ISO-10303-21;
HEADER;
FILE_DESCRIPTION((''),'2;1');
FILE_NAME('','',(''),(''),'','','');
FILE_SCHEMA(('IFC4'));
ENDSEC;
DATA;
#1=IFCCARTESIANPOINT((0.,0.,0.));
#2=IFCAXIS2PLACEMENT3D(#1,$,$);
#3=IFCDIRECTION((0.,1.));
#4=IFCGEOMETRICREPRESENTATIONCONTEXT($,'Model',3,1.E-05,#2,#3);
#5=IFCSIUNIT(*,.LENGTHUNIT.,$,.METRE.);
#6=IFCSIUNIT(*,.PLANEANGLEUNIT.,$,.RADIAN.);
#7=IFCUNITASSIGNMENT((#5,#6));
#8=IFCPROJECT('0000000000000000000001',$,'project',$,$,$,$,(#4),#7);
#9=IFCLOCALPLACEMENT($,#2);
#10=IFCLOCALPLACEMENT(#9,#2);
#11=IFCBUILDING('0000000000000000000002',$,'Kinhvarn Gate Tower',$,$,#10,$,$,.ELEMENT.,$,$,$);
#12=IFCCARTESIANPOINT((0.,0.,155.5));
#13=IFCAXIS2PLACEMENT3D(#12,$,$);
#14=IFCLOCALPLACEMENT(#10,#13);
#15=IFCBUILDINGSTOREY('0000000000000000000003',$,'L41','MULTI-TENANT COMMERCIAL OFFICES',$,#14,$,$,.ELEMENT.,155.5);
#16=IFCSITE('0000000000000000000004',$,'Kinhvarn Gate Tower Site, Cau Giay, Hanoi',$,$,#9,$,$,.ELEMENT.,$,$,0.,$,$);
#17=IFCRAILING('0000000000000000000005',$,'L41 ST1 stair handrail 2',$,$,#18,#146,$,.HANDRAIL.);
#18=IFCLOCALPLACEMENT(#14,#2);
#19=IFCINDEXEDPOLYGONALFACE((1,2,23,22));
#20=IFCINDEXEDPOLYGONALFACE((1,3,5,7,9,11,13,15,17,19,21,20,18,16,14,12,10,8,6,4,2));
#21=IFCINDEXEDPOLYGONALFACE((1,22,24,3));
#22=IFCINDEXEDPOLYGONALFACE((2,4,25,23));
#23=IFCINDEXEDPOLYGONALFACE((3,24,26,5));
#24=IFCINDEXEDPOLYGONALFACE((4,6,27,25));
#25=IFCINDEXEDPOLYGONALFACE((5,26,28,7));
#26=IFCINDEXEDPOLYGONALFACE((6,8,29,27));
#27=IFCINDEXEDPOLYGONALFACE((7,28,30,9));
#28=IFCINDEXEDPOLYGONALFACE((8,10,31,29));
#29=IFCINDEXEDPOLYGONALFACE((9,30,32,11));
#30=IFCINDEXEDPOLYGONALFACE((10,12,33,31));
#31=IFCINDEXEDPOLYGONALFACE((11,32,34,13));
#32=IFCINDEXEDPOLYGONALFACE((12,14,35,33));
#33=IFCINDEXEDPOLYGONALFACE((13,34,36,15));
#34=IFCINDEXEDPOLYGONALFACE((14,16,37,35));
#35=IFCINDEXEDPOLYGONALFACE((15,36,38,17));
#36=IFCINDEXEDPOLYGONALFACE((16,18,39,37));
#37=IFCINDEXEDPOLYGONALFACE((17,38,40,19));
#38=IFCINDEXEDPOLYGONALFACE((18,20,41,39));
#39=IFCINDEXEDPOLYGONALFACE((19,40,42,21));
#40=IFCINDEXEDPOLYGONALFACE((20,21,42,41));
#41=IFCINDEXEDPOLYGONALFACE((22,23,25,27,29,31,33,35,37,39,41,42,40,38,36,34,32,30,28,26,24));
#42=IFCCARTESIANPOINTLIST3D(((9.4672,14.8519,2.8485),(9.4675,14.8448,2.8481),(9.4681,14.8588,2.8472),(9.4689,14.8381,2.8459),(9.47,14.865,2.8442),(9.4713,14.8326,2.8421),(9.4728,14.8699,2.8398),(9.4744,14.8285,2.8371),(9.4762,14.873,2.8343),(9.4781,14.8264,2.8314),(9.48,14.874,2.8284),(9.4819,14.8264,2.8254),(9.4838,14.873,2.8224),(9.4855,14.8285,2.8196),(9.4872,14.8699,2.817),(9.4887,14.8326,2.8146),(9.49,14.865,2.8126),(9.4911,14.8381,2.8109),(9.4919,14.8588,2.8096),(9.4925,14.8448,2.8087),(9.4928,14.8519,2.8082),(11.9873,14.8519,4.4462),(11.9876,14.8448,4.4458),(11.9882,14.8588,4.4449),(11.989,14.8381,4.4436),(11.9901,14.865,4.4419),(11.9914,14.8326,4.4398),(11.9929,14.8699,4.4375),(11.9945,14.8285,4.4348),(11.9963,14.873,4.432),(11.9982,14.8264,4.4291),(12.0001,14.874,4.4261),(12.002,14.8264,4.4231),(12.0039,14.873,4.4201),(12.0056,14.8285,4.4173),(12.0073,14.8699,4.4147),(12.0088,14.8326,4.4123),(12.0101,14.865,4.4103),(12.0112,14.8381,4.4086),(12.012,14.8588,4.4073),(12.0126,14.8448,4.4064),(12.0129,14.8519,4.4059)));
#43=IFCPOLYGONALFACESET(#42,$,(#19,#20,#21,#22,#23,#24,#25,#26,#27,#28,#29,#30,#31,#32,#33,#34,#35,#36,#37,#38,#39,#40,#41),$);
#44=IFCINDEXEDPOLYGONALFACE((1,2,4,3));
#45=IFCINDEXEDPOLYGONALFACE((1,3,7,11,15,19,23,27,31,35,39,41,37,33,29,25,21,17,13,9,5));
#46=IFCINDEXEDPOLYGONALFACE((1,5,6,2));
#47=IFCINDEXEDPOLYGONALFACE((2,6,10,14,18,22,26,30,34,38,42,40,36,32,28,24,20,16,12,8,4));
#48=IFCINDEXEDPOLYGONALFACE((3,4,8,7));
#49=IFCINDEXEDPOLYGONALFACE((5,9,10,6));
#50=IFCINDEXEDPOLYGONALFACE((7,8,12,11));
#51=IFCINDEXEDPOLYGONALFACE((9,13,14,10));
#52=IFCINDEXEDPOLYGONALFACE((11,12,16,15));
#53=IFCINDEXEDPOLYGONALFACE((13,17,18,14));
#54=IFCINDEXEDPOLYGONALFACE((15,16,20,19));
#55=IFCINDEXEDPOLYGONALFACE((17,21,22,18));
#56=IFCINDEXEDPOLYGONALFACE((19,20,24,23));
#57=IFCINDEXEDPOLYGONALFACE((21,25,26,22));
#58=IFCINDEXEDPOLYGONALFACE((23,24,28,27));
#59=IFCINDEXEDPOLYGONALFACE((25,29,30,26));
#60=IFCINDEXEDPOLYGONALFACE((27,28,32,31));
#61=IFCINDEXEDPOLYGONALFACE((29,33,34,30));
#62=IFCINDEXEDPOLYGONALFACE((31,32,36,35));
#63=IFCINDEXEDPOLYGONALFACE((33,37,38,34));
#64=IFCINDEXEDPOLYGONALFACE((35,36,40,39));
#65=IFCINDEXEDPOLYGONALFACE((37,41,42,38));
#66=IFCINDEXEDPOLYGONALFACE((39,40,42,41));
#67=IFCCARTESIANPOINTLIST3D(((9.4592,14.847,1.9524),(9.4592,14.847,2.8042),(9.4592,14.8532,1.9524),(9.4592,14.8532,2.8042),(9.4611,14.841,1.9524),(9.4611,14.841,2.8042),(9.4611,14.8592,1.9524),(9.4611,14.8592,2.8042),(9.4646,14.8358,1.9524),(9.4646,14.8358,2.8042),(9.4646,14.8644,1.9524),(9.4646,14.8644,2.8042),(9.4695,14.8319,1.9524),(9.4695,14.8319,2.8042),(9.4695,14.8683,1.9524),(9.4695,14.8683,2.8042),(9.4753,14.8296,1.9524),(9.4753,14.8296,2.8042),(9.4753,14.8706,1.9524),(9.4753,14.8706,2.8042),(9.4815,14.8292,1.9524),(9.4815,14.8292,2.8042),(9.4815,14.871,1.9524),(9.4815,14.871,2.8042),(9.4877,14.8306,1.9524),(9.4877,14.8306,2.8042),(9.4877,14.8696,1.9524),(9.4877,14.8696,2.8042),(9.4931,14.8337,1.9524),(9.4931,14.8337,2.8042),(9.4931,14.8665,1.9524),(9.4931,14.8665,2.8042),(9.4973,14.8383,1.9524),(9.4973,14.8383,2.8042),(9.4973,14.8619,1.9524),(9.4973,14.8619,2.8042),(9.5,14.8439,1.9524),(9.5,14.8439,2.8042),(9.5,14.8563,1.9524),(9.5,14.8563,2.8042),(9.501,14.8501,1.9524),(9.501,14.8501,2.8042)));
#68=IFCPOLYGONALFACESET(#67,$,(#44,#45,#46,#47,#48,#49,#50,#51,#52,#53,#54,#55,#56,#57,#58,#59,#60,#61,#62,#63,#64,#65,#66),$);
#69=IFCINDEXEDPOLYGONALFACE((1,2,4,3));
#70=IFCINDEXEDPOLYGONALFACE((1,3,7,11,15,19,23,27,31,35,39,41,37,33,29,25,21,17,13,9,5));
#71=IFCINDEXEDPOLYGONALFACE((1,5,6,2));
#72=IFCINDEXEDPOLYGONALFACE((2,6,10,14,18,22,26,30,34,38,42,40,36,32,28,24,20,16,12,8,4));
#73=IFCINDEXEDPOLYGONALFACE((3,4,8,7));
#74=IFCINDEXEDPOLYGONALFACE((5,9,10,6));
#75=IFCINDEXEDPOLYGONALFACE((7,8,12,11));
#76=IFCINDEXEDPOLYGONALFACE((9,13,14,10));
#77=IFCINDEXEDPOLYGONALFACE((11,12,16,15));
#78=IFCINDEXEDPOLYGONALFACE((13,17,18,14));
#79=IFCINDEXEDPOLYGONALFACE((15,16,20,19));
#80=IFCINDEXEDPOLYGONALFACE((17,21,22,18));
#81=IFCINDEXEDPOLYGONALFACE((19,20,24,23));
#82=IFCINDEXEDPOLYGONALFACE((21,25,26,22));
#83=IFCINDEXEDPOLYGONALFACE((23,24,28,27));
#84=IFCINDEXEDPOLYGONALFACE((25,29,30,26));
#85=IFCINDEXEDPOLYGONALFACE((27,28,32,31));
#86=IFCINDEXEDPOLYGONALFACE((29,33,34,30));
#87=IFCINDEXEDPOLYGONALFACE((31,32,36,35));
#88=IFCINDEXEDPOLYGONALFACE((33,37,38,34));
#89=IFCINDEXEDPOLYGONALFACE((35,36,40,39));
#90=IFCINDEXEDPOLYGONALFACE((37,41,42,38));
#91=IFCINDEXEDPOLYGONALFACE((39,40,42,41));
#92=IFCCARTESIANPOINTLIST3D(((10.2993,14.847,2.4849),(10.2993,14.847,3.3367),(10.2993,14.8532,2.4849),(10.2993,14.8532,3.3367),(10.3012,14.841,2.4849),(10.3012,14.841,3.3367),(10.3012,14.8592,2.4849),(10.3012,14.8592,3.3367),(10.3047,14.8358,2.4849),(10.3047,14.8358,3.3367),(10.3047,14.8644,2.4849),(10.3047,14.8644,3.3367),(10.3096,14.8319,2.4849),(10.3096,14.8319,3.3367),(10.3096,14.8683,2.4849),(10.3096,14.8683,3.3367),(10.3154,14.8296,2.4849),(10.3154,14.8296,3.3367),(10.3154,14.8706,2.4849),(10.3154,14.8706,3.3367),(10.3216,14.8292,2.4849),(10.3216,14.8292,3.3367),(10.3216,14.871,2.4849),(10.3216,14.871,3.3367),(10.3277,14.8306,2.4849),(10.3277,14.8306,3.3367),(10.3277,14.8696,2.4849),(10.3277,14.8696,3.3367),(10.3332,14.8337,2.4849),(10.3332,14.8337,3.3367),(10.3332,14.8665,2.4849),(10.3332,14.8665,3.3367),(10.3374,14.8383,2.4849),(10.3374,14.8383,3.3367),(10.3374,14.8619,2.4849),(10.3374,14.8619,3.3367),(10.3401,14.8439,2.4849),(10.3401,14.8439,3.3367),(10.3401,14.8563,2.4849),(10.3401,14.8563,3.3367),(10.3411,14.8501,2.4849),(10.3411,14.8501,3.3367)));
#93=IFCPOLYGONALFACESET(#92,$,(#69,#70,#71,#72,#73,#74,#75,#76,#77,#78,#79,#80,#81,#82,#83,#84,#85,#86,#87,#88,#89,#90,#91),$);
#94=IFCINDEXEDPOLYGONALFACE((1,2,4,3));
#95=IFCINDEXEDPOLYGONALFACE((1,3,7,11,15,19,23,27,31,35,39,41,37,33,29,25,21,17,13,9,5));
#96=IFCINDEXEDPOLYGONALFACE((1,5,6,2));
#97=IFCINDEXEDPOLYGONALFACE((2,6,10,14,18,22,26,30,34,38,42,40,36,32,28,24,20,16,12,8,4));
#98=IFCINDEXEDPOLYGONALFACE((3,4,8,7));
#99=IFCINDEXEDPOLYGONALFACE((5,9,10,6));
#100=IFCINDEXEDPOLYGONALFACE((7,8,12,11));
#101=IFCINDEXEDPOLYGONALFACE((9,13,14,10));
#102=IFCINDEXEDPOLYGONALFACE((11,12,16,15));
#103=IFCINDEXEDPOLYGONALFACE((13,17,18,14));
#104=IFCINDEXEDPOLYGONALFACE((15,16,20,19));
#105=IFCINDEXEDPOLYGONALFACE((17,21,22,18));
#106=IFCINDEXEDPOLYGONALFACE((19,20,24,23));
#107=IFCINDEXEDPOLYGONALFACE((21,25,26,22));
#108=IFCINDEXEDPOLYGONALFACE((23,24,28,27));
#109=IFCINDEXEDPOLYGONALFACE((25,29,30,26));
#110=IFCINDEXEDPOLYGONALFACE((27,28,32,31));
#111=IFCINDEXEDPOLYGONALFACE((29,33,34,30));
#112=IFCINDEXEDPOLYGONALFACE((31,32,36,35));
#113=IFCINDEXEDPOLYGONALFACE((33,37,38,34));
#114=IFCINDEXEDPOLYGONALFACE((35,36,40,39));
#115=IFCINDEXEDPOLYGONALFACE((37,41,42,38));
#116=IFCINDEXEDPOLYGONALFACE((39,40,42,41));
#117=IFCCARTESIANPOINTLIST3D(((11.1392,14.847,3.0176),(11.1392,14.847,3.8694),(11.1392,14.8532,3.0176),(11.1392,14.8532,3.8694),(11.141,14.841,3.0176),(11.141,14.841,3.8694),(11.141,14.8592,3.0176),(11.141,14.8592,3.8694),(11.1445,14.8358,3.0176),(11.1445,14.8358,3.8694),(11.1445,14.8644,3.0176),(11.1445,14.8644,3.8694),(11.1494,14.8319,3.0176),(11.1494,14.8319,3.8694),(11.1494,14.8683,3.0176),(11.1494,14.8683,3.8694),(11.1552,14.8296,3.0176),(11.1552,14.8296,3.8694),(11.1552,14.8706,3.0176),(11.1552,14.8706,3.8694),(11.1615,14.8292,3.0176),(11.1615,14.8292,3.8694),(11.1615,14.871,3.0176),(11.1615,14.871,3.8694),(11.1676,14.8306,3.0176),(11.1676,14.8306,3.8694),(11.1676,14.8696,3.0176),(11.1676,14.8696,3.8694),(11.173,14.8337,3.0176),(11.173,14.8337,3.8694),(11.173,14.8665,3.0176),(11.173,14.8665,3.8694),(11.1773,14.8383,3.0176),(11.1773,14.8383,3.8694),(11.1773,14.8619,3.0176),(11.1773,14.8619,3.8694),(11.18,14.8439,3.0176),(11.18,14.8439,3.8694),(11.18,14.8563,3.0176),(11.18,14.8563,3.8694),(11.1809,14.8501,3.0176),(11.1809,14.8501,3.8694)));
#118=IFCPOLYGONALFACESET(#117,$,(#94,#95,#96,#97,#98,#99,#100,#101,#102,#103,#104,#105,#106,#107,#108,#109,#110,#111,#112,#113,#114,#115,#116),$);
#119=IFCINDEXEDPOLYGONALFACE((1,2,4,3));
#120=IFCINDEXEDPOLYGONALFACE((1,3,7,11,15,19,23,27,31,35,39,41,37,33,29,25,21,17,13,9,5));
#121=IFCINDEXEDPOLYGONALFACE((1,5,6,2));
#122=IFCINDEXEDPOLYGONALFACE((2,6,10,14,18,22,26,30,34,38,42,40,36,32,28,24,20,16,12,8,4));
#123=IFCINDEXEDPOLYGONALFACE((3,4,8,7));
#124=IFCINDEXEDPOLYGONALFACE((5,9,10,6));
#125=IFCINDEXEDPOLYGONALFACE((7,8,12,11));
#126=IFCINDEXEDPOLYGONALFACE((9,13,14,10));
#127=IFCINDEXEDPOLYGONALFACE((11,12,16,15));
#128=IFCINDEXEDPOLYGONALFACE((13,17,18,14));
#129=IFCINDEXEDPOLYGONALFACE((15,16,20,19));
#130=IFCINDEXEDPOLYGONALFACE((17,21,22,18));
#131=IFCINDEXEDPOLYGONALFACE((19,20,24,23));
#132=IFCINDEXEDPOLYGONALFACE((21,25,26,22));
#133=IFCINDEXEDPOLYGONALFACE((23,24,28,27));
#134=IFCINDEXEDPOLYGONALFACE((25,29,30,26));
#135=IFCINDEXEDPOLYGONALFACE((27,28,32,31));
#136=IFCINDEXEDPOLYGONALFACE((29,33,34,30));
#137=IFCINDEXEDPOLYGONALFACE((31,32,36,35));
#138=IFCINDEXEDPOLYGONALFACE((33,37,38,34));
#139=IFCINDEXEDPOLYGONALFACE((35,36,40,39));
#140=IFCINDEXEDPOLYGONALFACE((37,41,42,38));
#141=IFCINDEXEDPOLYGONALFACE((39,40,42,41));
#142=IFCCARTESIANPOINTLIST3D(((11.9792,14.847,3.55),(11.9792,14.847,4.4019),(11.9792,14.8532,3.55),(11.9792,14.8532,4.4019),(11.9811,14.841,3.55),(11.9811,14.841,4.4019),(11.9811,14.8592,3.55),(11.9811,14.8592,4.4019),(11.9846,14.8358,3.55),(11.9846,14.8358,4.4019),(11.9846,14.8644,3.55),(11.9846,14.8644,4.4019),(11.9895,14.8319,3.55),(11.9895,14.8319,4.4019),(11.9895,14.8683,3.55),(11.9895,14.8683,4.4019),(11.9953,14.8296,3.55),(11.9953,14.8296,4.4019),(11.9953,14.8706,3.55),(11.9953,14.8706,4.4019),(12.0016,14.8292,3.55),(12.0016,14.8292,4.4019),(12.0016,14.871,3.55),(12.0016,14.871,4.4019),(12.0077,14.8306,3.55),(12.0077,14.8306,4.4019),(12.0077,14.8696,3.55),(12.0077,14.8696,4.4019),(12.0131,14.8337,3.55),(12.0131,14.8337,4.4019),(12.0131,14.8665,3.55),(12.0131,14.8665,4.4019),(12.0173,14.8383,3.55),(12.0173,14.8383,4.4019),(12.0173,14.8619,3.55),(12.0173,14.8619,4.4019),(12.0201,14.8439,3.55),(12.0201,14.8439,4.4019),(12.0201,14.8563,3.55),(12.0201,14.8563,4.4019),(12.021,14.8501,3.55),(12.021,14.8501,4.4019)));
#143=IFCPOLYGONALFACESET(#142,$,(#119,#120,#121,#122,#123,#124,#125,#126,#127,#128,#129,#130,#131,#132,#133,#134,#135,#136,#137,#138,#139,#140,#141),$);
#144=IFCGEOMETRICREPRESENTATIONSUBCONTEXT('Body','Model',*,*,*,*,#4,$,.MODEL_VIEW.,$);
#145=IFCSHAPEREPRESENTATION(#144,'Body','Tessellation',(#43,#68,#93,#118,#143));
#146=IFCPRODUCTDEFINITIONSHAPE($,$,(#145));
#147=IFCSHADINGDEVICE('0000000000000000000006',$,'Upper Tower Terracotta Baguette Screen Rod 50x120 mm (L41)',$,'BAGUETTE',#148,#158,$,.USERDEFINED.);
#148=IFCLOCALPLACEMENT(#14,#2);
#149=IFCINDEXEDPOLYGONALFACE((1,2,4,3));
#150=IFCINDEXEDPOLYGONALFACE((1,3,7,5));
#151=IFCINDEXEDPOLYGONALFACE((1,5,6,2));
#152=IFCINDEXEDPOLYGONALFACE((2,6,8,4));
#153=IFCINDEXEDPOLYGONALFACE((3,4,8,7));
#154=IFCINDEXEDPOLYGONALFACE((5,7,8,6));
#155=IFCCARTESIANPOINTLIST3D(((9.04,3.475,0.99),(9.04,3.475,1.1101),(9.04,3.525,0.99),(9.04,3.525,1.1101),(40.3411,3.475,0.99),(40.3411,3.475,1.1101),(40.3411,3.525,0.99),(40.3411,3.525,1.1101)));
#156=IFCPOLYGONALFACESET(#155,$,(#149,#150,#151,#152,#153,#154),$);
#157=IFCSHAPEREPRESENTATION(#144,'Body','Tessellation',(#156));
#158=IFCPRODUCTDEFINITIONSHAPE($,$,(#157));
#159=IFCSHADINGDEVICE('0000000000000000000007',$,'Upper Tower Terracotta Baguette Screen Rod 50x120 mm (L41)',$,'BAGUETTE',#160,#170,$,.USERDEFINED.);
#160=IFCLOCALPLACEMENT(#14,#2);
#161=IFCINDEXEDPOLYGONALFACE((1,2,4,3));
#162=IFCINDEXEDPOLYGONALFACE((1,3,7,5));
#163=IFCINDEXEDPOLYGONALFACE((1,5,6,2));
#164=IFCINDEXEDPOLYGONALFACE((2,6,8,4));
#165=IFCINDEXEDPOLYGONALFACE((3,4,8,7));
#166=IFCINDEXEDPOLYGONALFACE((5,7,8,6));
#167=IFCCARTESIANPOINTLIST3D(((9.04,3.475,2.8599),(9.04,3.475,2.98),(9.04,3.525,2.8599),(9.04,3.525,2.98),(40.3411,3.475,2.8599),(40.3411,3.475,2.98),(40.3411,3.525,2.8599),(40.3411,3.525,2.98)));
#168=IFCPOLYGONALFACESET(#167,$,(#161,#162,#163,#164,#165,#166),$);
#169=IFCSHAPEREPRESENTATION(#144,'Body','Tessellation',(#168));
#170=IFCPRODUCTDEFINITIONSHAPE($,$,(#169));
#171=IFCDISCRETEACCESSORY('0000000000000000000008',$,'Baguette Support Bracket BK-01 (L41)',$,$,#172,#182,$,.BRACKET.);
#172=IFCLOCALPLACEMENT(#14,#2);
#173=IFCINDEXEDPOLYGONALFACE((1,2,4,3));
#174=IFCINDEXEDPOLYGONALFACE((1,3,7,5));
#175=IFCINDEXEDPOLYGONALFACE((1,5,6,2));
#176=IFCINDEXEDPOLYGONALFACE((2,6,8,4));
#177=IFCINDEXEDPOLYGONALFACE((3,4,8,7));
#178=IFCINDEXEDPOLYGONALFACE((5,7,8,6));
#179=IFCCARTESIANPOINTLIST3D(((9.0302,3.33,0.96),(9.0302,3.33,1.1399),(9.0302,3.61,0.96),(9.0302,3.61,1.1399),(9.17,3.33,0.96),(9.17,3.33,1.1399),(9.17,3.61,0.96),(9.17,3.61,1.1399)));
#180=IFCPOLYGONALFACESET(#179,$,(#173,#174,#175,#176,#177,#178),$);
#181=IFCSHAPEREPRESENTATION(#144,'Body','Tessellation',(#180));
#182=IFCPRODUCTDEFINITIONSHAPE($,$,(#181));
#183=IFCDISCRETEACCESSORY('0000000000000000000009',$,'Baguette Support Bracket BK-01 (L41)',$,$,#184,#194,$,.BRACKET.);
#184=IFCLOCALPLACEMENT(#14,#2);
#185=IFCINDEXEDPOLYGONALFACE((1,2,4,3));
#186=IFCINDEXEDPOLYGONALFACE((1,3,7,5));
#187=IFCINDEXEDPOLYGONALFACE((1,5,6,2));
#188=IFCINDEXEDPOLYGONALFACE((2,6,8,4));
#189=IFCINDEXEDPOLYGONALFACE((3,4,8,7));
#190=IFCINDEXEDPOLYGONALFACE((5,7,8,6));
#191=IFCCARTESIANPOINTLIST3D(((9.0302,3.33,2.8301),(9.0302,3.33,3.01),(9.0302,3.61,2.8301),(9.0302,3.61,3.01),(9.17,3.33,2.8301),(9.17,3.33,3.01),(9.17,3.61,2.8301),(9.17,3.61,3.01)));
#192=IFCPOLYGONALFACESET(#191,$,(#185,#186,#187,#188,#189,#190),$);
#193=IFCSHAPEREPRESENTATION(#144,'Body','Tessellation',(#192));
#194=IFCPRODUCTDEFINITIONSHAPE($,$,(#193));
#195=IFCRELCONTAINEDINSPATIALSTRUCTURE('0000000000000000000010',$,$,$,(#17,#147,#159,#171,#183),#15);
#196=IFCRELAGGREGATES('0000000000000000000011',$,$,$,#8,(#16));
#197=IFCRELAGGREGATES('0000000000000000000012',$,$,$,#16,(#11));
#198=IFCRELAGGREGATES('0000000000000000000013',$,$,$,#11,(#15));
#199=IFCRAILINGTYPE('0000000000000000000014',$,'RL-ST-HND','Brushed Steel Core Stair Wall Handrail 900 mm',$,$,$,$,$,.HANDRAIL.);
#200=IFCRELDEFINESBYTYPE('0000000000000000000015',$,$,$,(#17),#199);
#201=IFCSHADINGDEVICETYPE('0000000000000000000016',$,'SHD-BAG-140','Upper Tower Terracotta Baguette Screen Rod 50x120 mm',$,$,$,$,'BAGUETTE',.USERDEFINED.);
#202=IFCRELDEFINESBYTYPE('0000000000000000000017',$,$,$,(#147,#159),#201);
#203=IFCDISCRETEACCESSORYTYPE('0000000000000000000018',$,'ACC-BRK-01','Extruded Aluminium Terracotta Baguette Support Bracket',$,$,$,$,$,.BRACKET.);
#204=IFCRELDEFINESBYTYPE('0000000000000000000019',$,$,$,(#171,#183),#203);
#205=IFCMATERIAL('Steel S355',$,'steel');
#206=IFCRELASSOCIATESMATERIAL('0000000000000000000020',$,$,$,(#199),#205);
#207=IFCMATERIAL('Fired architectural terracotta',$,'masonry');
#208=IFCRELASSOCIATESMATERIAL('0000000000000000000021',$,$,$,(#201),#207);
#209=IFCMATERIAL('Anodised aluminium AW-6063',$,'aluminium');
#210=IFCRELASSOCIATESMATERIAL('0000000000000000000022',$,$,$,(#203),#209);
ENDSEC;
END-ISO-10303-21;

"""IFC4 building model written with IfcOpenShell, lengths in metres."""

from ifc_helpers import new_model, si_unit, direction, frame, origin, origin_2d, place, context, subcontext, project, spatial, rectangle, circle, extrude, material, material_profile, profile_set, type_object, element, save


model = new_model("IFC4")

# Units and contexts
model_context = context("Model", 3, precision=1e-05, world=origin(), true_north=direction((0.0, 1.0)))
body_context = subcontext(model_context, "Body", "Model", "MODEL_VIEW")
ifc_project = project(units=[si_unit("LENGTHUNIT", "METRE"), si_unit("PLANEANGLEUNIT", "RADIAN")], contexts=[model_context])

# Site, building, storey
site_placement = place(None, origin())
site = spatial("IfcSite", under=ifc_project, at=site_placement, Name="Kinhvarn Gate Tower Site, Cau Giay, Hanoi", CompositionType="ELEMENT", RefElevation=0.0)
building_placement = place(site_placement, origin())
building = spatial("IfcBuilding", under=site, at=building_placement, Name="Kinhvarn Gate Tower", CompositionType="ELEMENT")
storey_placement = place(building_placement, frame((0.0, 0.0, 155.5)))
storey = spatial("IfcBuildingStorey", under=building, at=storey_placement, Name="L41", Description="MULTI-TENANT COMMERCIAL OFFICES", CompositionType="ELEMENT", Elevation=155.5)

# Shared definitions
ifc_material_1 = material(Name="Anodised aluminium AW-6063", Category="aluminium")

# Shared definitions
ifc_material_2 = material(Name="Steel S355", Category="steel")

# Shared definitions
ifc_material_3 = material(Name="Fired architectural terracotta", Category="masonry")

# Railing
railing_type_1 = type_object("IfcRailingType", Name="RL-ST-HND", Description="Brushed Steel Core Stair Wall Handrail 900 mm", PredefinedType="HANDRAIL", material=ifc_material_2)
railing_1_placement = place(storey_placement, frame((9.48, 14.8501, 1.9524)))
element("IfcRailing", 1, at=railing_1_placement, inside=storey, type_object=railing_type_1, Name="L41 ST1 stair handrail 2", PredefinedType="HANDRAIL", context=body_context, shape_type="SweptSolid", body=[
    extrude(circle(Radius=0.0239, at=origin_2d()), frame((0.0, 0.0, 0.876), z_axis=(0.84457, 0.0, 0.535445), x_axis=(0.0, 1.0, 0.0)), (0.0, 0.0, 1.0), 2.9839),
    extrude(circle(Radius=0.021, at=origin_2d()), origin(), (0.0, 0.0, 1.0), 0.8518),
    extrude(circle(Radius=0.021, at=origin_2d()), frame((0.8401, 0.0, 0.5325)), (0.0, 0.0, 1.0), 0.8518),
    extrude(circle(Radius=0.021, at=origin_2d()), frame((1.6799, 0.0, 1.0652)), (0.0, 0.0, 1.0), 0.8518),
    extrude(circle(Radius=0.021, at=origin_2d()), frame((2.52, 0.0, 1.5977)), (0.0, 0.0, 1.0), 0.8518),
])

# Shading devices
ifc_material_profile_1 = material_profile(ifc_material_3, rectangle(XDim=0.05, YDim=0.1201, at=origin_2d()), Name="TC 50x120")
ifc_profile_set_1 = profile_set([ifc_material_profile_1], Name="Fired architectural terracotta")
shading_device_type = type_object("IfcShadingDeviceType", Name="SHD-BAG-140", Description="Upper Tower Terracotta Baguette Screen Rod 50x120 mm", ElementType="BAGUETTE", PredefinedType="USERDEFINED", material=ifc_profile_set_1)
for number, where, z_axis, x_axis, name in (
    (2, (9.04, 3.5, 1.05), (1.0, 0.0, 0.0), (0.0, 1.0, 0.0), "Upper Tower Terracotta Baguette Screen Rod 50x120 mm (L41)"),
    (3, (9.04, 3.5, 2.9199), (1.0, 0.0, 0.0), (0.0, 1.0, 0.0), "Upper Tower Terracotta Baguette Screen Rod 50x120 mm (L41)"),
):
    element("IfcShadingDevice", number, at=place(storey_placement, frame(where, z_axis=z_axis, x_axis=x_axis)), inside=storey, type_object=shading_device_type, Name=name, ObjectType="BAGUETTE", PredefinedType="USERDEFINED", context=body_context, shape_type="SweptSolid", body=[
        extrude(rectangle(XDim=0.05, YDim=0.1201, at=origin_2d()), origin(), (0.0, 0.0, 1.0), 31.301),
    ])

# Discrete accessories
discrete_accessory_type = type_object("IfcDiscreteAccessoryType", Name="ACC-BRK-01", Description="Extruded Aluminium Terracotta Baguette Support Bracket", PredefinedType="BRACKET", material=ifc_material_1)
for number, where, z_axis, x_axis, name in (
    (4, (9.1001, 3.47, 0.96), (0.0, 0.0, 1.0), (1.0, 0.0, 0.0), "Baguette Support Bracket BK-01 (L41)"),
    (5, (9.1001, 3.47, 2.8301), (0.0, 0.0, 1.0), (1.0, 0.0, 0.0), "Baguette Support Bracket BK-01 (L41)"),
):
    element("IfcDiscreteAccessory", number, at=place(storey_placement, frame(where, z_axis=z_axis, x_axis=x_axis)), inside=storey, type_object=discrete_accessory_type, Name=name, PredefinedType="BRACKET", context=body_context, shape_type="SweptSolid", body=[
        extrude(rectangle(XDim=0.1399, YDim=0.28, at=origin_2d()), origin(), (0.0, 0.0, 1.0), 0.1799),
    ])

save(model, "model.ifc")
